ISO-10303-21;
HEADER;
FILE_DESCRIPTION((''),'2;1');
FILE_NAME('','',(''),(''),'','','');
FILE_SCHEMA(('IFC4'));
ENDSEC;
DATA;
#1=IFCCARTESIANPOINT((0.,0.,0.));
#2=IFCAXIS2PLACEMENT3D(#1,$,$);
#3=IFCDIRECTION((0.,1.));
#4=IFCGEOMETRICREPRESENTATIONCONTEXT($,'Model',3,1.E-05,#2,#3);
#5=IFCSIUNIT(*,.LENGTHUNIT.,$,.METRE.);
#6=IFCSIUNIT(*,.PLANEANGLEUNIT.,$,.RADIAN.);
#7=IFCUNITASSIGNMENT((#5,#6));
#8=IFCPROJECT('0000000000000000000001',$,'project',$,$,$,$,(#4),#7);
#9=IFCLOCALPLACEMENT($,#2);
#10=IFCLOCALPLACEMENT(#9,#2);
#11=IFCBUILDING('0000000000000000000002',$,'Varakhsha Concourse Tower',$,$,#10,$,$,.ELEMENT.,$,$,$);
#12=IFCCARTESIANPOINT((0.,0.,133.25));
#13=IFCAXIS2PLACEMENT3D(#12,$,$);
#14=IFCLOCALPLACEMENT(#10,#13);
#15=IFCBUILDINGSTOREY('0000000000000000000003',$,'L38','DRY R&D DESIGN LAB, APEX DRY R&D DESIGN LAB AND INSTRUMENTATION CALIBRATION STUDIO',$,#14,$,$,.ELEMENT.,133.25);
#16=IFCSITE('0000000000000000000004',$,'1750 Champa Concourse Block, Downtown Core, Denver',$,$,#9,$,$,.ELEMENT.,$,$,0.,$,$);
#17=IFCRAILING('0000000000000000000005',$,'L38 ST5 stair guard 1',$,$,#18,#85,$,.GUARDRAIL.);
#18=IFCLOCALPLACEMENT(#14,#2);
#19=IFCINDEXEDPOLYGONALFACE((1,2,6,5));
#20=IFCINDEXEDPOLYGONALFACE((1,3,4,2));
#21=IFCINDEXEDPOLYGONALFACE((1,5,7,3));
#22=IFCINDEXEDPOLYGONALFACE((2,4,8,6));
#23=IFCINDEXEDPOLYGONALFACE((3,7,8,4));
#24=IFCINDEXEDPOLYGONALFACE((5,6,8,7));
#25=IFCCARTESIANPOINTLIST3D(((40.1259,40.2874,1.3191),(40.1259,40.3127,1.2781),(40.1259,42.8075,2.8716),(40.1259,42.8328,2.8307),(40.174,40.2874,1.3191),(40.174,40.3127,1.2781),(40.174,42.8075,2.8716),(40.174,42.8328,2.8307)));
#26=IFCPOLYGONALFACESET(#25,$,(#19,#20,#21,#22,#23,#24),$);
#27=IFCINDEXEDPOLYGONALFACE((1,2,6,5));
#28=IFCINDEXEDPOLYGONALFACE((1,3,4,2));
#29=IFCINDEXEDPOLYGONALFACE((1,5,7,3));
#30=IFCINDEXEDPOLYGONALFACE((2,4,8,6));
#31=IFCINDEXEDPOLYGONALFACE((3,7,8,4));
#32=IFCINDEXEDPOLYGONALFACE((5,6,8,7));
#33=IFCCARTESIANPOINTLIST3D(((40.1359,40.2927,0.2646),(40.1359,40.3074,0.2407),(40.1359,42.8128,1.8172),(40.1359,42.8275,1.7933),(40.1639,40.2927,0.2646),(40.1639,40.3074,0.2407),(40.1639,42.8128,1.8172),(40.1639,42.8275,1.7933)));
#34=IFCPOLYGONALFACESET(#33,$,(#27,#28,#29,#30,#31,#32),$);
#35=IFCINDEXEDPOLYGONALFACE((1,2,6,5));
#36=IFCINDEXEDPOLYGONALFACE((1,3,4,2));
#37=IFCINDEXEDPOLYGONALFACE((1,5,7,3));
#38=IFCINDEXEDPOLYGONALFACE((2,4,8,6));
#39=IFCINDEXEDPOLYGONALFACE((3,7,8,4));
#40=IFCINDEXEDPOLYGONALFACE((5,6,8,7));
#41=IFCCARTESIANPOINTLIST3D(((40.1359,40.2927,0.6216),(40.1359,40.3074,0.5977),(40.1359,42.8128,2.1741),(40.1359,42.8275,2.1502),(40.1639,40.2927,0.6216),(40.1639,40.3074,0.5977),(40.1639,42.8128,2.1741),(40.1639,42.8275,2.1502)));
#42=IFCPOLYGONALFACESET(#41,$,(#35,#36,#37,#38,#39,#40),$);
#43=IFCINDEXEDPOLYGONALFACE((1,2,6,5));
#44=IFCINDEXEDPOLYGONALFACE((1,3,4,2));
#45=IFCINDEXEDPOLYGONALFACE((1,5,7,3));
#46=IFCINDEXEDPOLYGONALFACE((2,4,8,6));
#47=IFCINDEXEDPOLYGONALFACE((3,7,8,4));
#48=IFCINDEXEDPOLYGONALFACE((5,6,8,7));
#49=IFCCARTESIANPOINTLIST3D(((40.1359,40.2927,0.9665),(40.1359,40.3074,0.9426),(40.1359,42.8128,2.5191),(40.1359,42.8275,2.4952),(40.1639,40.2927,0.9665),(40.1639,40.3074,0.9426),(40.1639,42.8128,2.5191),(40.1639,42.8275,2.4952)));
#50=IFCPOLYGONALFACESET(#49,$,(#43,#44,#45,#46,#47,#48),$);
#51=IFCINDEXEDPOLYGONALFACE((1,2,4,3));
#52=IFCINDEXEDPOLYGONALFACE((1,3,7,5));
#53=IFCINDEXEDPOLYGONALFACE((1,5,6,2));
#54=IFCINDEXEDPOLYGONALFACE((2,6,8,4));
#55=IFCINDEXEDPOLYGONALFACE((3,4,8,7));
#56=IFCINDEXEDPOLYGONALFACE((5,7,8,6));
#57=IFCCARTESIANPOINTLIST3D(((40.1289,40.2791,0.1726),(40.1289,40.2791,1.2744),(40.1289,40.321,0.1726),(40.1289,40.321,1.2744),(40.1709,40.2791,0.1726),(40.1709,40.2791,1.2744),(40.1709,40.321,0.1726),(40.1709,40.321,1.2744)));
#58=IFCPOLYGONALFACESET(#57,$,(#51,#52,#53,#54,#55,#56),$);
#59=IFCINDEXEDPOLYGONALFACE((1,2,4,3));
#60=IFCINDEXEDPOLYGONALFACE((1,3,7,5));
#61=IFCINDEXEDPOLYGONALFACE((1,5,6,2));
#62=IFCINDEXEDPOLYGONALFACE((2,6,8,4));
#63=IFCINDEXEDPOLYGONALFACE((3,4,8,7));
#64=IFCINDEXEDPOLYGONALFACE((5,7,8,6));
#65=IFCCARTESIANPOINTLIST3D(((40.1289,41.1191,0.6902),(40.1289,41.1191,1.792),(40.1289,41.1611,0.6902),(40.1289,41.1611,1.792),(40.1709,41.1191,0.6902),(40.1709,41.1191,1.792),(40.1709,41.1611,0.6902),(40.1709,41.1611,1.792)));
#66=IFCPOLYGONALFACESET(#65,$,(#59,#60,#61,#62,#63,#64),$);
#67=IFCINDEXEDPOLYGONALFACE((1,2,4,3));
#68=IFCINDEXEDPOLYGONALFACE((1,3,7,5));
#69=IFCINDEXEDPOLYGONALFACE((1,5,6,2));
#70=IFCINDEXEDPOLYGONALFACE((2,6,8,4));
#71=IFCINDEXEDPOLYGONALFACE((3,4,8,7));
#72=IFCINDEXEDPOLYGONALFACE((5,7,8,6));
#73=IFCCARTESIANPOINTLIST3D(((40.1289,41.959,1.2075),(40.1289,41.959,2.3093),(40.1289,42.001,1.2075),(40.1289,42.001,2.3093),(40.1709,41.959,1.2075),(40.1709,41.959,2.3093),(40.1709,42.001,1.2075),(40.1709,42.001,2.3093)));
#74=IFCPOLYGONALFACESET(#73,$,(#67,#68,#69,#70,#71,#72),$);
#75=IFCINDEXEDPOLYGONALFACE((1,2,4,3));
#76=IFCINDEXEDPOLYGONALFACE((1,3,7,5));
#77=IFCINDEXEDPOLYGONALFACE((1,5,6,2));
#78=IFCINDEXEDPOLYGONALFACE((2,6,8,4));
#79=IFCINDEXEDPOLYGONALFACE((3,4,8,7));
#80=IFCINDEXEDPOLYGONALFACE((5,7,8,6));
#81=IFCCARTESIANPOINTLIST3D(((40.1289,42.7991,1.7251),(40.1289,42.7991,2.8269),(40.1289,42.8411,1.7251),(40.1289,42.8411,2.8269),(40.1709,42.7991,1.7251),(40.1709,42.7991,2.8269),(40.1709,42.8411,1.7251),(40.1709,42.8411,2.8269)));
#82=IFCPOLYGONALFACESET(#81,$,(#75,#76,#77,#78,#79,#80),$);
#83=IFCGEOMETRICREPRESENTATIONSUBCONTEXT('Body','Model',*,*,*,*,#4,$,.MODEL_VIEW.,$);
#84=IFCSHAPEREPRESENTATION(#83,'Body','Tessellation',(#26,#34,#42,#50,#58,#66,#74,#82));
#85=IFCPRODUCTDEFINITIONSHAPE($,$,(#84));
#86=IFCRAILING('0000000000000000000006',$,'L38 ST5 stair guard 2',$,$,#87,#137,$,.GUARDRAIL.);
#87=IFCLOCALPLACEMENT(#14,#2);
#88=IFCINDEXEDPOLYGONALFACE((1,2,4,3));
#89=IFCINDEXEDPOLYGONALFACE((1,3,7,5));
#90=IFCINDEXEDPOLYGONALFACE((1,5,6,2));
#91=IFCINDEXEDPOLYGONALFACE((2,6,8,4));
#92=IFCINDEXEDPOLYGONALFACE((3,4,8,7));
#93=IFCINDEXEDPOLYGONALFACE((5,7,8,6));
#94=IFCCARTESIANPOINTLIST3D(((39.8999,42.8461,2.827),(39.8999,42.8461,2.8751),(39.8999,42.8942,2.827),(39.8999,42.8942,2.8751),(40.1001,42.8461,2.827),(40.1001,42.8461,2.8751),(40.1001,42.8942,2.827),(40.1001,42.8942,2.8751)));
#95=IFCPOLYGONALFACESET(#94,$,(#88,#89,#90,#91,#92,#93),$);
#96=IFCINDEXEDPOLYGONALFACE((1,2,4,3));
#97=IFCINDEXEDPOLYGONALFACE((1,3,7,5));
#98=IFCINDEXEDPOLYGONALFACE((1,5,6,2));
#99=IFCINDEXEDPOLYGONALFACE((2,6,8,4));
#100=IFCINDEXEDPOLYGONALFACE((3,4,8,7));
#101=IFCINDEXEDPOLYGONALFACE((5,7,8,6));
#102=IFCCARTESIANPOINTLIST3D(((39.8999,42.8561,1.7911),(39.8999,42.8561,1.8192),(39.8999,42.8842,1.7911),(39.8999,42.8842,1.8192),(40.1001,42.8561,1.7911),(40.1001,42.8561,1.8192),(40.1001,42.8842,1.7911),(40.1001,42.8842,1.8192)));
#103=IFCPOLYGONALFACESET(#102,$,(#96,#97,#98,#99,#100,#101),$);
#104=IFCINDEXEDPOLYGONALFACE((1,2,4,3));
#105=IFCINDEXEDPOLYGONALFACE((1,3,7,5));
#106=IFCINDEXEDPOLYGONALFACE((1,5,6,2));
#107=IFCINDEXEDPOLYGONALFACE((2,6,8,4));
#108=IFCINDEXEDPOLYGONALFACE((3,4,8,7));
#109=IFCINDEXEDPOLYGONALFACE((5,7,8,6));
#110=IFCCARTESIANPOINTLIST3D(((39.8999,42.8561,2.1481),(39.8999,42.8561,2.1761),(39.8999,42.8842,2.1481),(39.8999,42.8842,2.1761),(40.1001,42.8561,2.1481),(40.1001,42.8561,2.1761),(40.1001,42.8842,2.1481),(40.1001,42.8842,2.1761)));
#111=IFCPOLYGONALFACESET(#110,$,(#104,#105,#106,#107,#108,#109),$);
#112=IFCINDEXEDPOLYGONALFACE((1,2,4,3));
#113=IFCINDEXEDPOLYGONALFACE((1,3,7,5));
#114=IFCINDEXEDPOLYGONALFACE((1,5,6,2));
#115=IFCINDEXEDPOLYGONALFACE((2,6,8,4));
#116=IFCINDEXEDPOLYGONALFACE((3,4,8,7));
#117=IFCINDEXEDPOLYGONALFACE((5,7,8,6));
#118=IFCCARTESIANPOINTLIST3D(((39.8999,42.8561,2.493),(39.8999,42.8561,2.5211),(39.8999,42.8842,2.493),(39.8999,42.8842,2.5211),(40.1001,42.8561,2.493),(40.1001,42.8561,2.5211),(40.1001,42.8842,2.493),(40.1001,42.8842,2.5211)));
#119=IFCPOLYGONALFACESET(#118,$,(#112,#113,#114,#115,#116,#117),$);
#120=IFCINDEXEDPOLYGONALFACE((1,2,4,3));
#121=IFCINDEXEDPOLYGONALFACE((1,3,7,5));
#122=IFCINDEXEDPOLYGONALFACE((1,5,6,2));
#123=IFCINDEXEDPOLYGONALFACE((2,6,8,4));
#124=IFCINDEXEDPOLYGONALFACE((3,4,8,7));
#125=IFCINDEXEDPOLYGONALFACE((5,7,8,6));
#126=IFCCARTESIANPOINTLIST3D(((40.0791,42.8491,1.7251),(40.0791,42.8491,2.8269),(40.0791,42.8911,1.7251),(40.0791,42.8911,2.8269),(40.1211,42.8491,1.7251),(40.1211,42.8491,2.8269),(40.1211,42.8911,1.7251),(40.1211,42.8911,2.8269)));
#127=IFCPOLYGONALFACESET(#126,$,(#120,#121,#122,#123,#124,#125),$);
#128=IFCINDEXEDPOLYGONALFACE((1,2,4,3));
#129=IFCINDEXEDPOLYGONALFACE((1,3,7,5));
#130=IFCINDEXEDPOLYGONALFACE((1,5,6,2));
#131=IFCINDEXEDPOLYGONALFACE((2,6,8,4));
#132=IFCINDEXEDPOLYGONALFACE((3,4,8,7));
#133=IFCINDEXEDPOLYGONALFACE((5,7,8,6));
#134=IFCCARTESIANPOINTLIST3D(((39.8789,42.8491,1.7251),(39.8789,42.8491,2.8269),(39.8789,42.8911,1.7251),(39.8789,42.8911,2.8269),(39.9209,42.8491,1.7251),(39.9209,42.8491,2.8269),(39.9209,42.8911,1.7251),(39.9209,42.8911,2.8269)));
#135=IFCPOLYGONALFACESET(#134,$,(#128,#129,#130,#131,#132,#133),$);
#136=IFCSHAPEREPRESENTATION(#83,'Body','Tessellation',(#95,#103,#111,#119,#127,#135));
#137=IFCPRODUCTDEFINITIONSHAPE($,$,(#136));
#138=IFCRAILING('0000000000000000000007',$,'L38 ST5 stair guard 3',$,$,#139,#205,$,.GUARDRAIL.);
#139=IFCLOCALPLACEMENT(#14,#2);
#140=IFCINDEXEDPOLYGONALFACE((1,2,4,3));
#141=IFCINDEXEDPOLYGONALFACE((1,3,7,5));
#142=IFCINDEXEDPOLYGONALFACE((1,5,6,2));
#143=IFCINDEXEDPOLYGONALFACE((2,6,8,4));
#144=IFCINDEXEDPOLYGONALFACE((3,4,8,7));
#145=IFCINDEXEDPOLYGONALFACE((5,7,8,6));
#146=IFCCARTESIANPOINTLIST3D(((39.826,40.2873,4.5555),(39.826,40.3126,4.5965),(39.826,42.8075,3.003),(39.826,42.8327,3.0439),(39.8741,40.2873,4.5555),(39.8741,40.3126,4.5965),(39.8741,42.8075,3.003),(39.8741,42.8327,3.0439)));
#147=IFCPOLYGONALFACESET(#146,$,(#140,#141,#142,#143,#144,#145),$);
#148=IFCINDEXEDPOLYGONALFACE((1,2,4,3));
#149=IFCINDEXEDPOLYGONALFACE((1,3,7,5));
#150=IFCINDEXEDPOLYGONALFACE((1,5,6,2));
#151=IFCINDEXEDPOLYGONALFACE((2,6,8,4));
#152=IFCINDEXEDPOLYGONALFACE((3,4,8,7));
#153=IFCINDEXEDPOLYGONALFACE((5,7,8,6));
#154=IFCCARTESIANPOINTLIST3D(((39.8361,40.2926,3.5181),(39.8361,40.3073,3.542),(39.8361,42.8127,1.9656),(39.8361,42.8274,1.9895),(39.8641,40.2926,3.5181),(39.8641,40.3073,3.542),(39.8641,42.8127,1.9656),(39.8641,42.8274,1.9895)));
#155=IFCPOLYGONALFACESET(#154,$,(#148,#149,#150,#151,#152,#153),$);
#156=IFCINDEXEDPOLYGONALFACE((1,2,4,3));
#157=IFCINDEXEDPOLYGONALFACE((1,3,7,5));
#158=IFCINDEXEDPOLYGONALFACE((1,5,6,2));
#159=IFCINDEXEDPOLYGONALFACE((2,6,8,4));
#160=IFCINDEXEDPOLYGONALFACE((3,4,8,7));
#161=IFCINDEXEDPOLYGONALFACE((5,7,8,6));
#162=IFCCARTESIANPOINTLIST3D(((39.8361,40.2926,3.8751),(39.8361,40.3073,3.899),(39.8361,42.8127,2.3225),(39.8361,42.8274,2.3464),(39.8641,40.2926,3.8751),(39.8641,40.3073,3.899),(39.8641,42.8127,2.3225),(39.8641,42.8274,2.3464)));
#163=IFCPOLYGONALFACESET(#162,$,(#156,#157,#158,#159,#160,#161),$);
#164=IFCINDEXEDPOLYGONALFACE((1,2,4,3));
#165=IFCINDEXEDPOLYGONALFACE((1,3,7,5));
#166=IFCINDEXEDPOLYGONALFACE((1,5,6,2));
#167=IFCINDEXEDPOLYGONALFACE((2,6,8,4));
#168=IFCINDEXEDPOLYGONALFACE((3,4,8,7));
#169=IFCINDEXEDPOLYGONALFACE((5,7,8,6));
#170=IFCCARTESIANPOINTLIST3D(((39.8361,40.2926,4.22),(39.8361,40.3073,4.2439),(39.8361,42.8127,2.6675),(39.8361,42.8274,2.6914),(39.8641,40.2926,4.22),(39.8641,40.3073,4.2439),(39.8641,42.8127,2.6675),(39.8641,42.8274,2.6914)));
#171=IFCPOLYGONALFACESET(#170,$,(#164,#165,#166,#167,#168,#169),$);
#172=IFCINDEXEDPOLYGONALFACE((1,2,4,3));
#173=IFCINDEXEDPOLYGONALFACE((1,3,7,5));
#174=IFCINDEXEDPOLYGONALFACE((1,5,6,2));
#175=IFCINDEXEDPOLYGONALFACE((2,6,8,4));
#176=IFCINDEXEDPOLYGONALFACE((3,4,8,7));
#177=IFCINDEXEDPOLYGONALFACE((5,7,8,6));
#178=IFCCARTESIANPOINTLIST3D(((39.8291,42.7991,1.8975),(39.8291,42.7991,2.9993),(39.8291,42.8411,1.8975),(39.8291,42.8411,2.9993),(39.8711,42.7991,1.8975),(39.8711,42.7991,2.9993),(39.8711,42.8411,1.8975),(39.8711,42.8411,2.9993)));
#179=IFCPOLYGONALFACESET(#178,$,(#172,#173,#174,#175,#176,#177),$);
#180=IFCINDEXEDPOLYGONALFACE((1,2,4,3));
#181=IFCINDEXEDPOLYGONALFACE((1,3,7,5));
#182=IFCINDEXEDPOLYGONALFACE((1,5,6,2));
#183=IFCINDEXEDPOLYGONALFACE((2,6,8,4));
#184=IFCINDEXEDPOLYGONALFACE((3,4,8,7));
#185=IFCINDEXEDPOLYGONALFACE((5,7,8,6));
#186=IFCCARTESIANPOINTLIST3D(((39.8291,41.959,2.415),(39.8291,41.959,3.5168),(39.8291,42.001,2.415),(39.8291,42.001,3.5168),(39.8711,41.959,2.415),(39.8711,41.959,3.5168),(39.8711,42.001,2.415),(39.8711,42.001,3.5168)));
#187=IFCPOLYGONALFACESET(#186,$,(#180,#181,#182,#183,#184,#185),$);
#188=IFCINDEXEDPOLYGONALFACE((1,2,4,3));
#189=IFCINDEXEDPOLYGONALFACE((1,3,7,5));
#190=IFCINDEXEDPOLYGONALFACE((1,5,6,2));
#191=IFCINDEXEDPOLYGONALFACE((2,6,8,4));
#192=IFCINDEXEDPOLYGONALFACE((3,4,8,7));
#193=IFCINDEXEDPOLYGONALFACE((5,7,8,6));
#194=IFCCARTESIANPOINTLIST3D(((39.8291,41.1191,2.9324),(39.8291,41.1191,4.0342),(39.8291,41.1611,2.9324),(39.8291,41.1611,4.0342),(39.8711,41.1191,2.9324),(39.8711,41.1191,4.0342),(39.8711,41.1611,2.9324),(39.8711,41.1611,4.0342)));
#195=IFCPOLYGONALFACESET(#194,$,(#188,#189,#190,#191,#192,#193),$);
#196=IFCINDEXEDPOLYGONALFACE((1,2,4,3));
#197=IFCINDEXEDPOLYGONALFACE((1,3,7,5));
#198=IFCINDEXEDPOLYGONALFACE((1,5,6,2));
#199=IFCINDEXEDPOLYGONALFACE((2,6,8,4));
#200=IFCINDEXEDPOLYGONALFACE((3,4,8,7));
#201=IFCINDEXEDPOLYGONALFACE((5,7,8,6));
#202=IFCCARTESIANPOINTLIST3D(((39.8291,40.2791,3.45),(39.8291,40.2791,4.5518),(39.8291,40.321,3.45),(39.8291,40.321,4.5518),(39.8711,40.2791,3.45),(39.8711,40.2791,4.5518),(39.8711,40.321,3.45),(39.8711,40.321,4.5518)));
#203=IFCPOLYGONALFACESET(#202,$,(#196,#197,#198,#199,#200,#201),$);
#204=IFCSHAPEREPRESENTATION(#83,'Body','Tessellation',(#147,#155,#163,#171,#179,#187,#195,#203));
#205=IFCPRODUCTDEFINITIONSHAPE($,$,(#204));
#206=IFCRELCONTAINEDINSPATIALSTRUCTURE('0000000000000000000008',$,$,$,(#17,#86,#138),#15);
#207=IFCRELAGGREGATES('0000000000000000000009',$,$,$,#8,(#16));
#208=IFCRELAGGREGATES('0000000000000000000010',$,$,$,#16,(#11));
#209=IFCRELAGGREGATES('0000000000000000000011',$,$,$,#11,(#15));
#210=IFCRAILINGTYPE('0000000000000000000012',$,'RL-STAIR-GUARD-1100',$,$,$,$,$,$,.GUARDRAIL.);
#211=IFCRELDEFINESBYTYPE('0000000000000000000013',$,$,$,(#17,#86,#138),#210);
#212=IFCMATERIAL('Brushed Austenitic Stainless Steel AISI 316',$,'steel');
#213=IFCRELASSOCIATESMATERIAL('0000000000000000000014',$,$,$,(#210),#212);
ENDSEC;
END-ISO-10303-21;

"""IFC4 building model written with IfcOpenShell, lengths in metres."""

from ifc_helpers import new_model, si_unit, direction, frame, origin, origin_2d, place, context, subcontext, project, spatial, rectangle, extrude, material, type_object, element, save


model = new_model("IFC4")

# Units and contexts
model_context = context("Model", 3, precision=1e-05, world=origin(), true_north=direction((0.0, 1.0)))
body_context = subcontext(model_context, "Body", "Model", "MODEL_VIEW")
ifc_project = project(units=[si_unit("LENGTHUNIT", "METRE"), si_unit("PLANEANGLEUNIT", "RADIAN")], contexts=[model_context])

# Site, building, storey
site_placement = place(None, origin())
site = spatial("IfcSite", under=ifc_project, at=site_placement, Name="1750 Champa Concourse Block, Downtown Core, Denver", CompositionType="ELEMENT", RefElevation=0.0)
building_placement = place(site_placement, origin())
building = spatial("IfcBuilding", under=site, at=building_placement, Name="Varakhsha Concourse Tower", CompositionType="ELEMENT")
storey_placement = place(building_placement, frame((0.0, 0.0, 133.25)))
storey = spatial("IfcBuildingStorey", under=building, at=storey_placement, Name="L38", Description="DRY R&D DESIGN LAB, APEX DRY R&D DESIGN LAB AND INSTRUMENTATION CALIBRATION STUDIO", CompositionType="ELEMENT", Elevation=133.25)

# Railings
ifc_material_1 = material(Name="Brushed Austenitic Stainless Steel AISI 316", Category="steel")
railing_type_1 = type_object("IfcRailingType", Name="RL-STAIR-GUARD-1100", PredefinedType="GUARDRAIL", material=ifc_material_1)
railing_1_placement = place(storey_placement, frame((40.1499, 40.3, 0.1726)))
element("IfcRailing", 1, at=railing_1_placement, inside=storey, type_object=railing_type_1, Name="L38 ST5 stair guard 1", PredefinedType="GUARDRAIL", context=body_context, shape_type="SweptSolid", body=[
    extrude(rectangle(XDim=0.0481, YDim=0.0481, at=origin_2d()), frame((0.0, 0.0, 1.126), z_axis=(0.0, 0.8514, 0.524516), x_axis=(-1.0, 0.0, 0.0)), (0.0, 0.0, 1.0), 2.96),
    extrude(rectangle(XDim=0.0281, YDim=0.0281, at=origin_2d()), frame((0.0, 0.0, 0.0801), z_axis=(0.0, 0.8514, 0.524516), x_axis=(-1.0, 0.0, 0.0)), (0.0, 0.0, 1.0), 2.96),
    extrude(rectangle(XDim=0.0281, YDim=0.0281, at=origin_2d()), frame((0.0, 0.0, 0.437), z_axis=(0.0, 0.8514, 0.524516), x_axis=(-1.0, 0.0, 0.0)), (0.0, 0.0, 1.0), 2.96),
    extrude(rectangle(XDim=0.0281, YDim=0.0281, at=origin_2d()), frame((0.0, 0.0, 0.782), z_axis=(0.0, 0.8514, 0.524516), x_axis=(-1.0, 0.0, 0.0)), (0.0, 0.0, 1.0), 2.96),
    extrude(rectangle(XDim=0.042, YDim=0.042, at=origin_2d()), origin(), (0.0, 0.0, 1.0), 1.1018),
    extrude(rectangle(XDim=0.042, YDim=0.042, at=origin_2d()), frame((0.0, 0.8401, 0.5176)), (0.0, 0.0, 1.0), 1.1018),
    extrude(rectangle(XDim=0.042, YDim=0.042, at=origin_2d()), frame((0.0, 1.6799, 1.0349)), (0.0, 0.0, 1.0), 1.1018),
    extrude(rectangle(XDim=0.042, YDim=0.042, at=origin_2d()), frame((0.0, 2.52, 1.5525)), (0.0, 0.0, 1.0), 1.1018),
])
railing_2_placement = place(storey_placement, frame((40.1001, 42.8701, 1.7251)))
element("IfcRailing", 2, at=railing_2_placement, inside=storey, type_object=railing_type_1, Name="L38 ST5 stair guard 2", PredefinedType="GUARDRAIL", context=body_context, shape_type="SweptSolid", body=[
    extrude(rectangle(XDim=0.0481, YDim=0.0481, at=origin_2d()), frame((0.0, 0.0, 1.126), z_axis=(-1.0, 0.0, 0.0), x_axis=(0.0, -1.0, 0.0)), (0.0, 0.0, 1.0), 0.2002),
    extrude(rectangle(XDim=0.0281, YDim=0.0281, at=origin_2d()), frame((0.0, 0.0, 0.0801), z_axis=(-1.0, 0.0, 0.0), x_axis=(0.0, -1.0, 0.0)), (0.0, 0.0, 1.0), 0.2002),
    extrude(rectangle(XDim=0.0281, YDim=0.0281, at=origin_2d()), frame((0.0, 0.0, 0.437), z_axis=(-1.0, 0.0, 0.0), x_axis=(0.0, -1.0, 0.0)), (0.0, 0.0, 1.0), 0.2002),
    extrude(rectangle(XDim=0.0281, YDim=0.0281, at=origin_2d()), frame((0.0, 0.0, 0.782), z_axis=(-1.0, 0.0, 0.0), x_axis=(0.0, -1.0, 0.0)), (0.0, 0.0, 1.0), 0.2002),
    extrude(rectangle(XDim=0.042, YDim=0.042, at=origin_2d()), origin(), (0.0, 0.0, 1.0), 1.1018),
    extrude(rectangle(XDim=0.042, YDim=0.042, at=origin_2d()), frame((-0.2002, 0.0, 0.0)), (0.0, 0.0, 1.0), 1.1018),
])
railing_3_placement = place(storey_placement, frame((39.8501, 42.8201, 1.8975)))
element("IfcRailing", 3, at=railing_3_placement, inside=storey, type_object=railing_type_1, Name="L38 ST5 stair guard 3", PredefinedType="GUARDRAIL", context=body_context, shape_type="SweptSolid", body=[
    extrude(rectangle(XDim=0.0481, YDim=0.0481, at=origin_2d()), frame((0.0, 0.0, 1.126), z_axis=(0.0, -0.8514, 0.524516), x_axis=(1.0, 0.0, 0.0)), (0.0, 0.0, 1.0), 2.96),
    extrude(rectangle(XDim=0.0281, YDim=0.0281, at=origin_2d()), frame((0.0, 0.0, 0.0801), z_axis=(0.0, -0.8514, 0.524516), x_axis=(1.0, 0.0, 0.0)), (0.0, 0.0, 1.0), 2.96),
    extrude(rectangle(XDim=0.0281, YDim=0.0281, at=origin_2d()), frame((0.0, 0.0, 0.437), z_axis=(0.0, -0.8514, 0.524516), x_axis=(1.0, 0.0, 0.0)), (0.0, 0.0, 1.0), 2.96),
    extrude(rectangle(XDim=0.0281, YDim=0.0281, at=origin_2d()), frame((0.0, 0.0, 0.782), z_axis=(0.0, -0.8514, 0.524516), x_axis=(1.0, 0.0, 0.0)), (0.0, 0.0, 1.0), 2.96),
    extrude(rectangle(XDim=0.042, YDim=0.042, at=origin_2d()), origin(), (0.0, 0.0, 1.0), 1.1018),
    extrude(rectangle(XDim=0.042, YDim=0.042, at=origin_2d()), frame((0.0, -0.8401, 0.5176)), (0.0, 0.0, 1.0), 1.1018),
    extrude(rectangle(XDim=0.042, YDim=0.042, at=origin_2d()), frame((0.0, -1.6799, 1.0349)), (0.0, 0.0, 1.0), 1.1018),
    extrude(rectangle(XDim=0.042, YDim=0.042, at=origin_2d()), frame((0.0, -2.52, 1.5525)), (0.0, 0.0, 1.0), 1.1018),
])

save(model, "model.ifc")
